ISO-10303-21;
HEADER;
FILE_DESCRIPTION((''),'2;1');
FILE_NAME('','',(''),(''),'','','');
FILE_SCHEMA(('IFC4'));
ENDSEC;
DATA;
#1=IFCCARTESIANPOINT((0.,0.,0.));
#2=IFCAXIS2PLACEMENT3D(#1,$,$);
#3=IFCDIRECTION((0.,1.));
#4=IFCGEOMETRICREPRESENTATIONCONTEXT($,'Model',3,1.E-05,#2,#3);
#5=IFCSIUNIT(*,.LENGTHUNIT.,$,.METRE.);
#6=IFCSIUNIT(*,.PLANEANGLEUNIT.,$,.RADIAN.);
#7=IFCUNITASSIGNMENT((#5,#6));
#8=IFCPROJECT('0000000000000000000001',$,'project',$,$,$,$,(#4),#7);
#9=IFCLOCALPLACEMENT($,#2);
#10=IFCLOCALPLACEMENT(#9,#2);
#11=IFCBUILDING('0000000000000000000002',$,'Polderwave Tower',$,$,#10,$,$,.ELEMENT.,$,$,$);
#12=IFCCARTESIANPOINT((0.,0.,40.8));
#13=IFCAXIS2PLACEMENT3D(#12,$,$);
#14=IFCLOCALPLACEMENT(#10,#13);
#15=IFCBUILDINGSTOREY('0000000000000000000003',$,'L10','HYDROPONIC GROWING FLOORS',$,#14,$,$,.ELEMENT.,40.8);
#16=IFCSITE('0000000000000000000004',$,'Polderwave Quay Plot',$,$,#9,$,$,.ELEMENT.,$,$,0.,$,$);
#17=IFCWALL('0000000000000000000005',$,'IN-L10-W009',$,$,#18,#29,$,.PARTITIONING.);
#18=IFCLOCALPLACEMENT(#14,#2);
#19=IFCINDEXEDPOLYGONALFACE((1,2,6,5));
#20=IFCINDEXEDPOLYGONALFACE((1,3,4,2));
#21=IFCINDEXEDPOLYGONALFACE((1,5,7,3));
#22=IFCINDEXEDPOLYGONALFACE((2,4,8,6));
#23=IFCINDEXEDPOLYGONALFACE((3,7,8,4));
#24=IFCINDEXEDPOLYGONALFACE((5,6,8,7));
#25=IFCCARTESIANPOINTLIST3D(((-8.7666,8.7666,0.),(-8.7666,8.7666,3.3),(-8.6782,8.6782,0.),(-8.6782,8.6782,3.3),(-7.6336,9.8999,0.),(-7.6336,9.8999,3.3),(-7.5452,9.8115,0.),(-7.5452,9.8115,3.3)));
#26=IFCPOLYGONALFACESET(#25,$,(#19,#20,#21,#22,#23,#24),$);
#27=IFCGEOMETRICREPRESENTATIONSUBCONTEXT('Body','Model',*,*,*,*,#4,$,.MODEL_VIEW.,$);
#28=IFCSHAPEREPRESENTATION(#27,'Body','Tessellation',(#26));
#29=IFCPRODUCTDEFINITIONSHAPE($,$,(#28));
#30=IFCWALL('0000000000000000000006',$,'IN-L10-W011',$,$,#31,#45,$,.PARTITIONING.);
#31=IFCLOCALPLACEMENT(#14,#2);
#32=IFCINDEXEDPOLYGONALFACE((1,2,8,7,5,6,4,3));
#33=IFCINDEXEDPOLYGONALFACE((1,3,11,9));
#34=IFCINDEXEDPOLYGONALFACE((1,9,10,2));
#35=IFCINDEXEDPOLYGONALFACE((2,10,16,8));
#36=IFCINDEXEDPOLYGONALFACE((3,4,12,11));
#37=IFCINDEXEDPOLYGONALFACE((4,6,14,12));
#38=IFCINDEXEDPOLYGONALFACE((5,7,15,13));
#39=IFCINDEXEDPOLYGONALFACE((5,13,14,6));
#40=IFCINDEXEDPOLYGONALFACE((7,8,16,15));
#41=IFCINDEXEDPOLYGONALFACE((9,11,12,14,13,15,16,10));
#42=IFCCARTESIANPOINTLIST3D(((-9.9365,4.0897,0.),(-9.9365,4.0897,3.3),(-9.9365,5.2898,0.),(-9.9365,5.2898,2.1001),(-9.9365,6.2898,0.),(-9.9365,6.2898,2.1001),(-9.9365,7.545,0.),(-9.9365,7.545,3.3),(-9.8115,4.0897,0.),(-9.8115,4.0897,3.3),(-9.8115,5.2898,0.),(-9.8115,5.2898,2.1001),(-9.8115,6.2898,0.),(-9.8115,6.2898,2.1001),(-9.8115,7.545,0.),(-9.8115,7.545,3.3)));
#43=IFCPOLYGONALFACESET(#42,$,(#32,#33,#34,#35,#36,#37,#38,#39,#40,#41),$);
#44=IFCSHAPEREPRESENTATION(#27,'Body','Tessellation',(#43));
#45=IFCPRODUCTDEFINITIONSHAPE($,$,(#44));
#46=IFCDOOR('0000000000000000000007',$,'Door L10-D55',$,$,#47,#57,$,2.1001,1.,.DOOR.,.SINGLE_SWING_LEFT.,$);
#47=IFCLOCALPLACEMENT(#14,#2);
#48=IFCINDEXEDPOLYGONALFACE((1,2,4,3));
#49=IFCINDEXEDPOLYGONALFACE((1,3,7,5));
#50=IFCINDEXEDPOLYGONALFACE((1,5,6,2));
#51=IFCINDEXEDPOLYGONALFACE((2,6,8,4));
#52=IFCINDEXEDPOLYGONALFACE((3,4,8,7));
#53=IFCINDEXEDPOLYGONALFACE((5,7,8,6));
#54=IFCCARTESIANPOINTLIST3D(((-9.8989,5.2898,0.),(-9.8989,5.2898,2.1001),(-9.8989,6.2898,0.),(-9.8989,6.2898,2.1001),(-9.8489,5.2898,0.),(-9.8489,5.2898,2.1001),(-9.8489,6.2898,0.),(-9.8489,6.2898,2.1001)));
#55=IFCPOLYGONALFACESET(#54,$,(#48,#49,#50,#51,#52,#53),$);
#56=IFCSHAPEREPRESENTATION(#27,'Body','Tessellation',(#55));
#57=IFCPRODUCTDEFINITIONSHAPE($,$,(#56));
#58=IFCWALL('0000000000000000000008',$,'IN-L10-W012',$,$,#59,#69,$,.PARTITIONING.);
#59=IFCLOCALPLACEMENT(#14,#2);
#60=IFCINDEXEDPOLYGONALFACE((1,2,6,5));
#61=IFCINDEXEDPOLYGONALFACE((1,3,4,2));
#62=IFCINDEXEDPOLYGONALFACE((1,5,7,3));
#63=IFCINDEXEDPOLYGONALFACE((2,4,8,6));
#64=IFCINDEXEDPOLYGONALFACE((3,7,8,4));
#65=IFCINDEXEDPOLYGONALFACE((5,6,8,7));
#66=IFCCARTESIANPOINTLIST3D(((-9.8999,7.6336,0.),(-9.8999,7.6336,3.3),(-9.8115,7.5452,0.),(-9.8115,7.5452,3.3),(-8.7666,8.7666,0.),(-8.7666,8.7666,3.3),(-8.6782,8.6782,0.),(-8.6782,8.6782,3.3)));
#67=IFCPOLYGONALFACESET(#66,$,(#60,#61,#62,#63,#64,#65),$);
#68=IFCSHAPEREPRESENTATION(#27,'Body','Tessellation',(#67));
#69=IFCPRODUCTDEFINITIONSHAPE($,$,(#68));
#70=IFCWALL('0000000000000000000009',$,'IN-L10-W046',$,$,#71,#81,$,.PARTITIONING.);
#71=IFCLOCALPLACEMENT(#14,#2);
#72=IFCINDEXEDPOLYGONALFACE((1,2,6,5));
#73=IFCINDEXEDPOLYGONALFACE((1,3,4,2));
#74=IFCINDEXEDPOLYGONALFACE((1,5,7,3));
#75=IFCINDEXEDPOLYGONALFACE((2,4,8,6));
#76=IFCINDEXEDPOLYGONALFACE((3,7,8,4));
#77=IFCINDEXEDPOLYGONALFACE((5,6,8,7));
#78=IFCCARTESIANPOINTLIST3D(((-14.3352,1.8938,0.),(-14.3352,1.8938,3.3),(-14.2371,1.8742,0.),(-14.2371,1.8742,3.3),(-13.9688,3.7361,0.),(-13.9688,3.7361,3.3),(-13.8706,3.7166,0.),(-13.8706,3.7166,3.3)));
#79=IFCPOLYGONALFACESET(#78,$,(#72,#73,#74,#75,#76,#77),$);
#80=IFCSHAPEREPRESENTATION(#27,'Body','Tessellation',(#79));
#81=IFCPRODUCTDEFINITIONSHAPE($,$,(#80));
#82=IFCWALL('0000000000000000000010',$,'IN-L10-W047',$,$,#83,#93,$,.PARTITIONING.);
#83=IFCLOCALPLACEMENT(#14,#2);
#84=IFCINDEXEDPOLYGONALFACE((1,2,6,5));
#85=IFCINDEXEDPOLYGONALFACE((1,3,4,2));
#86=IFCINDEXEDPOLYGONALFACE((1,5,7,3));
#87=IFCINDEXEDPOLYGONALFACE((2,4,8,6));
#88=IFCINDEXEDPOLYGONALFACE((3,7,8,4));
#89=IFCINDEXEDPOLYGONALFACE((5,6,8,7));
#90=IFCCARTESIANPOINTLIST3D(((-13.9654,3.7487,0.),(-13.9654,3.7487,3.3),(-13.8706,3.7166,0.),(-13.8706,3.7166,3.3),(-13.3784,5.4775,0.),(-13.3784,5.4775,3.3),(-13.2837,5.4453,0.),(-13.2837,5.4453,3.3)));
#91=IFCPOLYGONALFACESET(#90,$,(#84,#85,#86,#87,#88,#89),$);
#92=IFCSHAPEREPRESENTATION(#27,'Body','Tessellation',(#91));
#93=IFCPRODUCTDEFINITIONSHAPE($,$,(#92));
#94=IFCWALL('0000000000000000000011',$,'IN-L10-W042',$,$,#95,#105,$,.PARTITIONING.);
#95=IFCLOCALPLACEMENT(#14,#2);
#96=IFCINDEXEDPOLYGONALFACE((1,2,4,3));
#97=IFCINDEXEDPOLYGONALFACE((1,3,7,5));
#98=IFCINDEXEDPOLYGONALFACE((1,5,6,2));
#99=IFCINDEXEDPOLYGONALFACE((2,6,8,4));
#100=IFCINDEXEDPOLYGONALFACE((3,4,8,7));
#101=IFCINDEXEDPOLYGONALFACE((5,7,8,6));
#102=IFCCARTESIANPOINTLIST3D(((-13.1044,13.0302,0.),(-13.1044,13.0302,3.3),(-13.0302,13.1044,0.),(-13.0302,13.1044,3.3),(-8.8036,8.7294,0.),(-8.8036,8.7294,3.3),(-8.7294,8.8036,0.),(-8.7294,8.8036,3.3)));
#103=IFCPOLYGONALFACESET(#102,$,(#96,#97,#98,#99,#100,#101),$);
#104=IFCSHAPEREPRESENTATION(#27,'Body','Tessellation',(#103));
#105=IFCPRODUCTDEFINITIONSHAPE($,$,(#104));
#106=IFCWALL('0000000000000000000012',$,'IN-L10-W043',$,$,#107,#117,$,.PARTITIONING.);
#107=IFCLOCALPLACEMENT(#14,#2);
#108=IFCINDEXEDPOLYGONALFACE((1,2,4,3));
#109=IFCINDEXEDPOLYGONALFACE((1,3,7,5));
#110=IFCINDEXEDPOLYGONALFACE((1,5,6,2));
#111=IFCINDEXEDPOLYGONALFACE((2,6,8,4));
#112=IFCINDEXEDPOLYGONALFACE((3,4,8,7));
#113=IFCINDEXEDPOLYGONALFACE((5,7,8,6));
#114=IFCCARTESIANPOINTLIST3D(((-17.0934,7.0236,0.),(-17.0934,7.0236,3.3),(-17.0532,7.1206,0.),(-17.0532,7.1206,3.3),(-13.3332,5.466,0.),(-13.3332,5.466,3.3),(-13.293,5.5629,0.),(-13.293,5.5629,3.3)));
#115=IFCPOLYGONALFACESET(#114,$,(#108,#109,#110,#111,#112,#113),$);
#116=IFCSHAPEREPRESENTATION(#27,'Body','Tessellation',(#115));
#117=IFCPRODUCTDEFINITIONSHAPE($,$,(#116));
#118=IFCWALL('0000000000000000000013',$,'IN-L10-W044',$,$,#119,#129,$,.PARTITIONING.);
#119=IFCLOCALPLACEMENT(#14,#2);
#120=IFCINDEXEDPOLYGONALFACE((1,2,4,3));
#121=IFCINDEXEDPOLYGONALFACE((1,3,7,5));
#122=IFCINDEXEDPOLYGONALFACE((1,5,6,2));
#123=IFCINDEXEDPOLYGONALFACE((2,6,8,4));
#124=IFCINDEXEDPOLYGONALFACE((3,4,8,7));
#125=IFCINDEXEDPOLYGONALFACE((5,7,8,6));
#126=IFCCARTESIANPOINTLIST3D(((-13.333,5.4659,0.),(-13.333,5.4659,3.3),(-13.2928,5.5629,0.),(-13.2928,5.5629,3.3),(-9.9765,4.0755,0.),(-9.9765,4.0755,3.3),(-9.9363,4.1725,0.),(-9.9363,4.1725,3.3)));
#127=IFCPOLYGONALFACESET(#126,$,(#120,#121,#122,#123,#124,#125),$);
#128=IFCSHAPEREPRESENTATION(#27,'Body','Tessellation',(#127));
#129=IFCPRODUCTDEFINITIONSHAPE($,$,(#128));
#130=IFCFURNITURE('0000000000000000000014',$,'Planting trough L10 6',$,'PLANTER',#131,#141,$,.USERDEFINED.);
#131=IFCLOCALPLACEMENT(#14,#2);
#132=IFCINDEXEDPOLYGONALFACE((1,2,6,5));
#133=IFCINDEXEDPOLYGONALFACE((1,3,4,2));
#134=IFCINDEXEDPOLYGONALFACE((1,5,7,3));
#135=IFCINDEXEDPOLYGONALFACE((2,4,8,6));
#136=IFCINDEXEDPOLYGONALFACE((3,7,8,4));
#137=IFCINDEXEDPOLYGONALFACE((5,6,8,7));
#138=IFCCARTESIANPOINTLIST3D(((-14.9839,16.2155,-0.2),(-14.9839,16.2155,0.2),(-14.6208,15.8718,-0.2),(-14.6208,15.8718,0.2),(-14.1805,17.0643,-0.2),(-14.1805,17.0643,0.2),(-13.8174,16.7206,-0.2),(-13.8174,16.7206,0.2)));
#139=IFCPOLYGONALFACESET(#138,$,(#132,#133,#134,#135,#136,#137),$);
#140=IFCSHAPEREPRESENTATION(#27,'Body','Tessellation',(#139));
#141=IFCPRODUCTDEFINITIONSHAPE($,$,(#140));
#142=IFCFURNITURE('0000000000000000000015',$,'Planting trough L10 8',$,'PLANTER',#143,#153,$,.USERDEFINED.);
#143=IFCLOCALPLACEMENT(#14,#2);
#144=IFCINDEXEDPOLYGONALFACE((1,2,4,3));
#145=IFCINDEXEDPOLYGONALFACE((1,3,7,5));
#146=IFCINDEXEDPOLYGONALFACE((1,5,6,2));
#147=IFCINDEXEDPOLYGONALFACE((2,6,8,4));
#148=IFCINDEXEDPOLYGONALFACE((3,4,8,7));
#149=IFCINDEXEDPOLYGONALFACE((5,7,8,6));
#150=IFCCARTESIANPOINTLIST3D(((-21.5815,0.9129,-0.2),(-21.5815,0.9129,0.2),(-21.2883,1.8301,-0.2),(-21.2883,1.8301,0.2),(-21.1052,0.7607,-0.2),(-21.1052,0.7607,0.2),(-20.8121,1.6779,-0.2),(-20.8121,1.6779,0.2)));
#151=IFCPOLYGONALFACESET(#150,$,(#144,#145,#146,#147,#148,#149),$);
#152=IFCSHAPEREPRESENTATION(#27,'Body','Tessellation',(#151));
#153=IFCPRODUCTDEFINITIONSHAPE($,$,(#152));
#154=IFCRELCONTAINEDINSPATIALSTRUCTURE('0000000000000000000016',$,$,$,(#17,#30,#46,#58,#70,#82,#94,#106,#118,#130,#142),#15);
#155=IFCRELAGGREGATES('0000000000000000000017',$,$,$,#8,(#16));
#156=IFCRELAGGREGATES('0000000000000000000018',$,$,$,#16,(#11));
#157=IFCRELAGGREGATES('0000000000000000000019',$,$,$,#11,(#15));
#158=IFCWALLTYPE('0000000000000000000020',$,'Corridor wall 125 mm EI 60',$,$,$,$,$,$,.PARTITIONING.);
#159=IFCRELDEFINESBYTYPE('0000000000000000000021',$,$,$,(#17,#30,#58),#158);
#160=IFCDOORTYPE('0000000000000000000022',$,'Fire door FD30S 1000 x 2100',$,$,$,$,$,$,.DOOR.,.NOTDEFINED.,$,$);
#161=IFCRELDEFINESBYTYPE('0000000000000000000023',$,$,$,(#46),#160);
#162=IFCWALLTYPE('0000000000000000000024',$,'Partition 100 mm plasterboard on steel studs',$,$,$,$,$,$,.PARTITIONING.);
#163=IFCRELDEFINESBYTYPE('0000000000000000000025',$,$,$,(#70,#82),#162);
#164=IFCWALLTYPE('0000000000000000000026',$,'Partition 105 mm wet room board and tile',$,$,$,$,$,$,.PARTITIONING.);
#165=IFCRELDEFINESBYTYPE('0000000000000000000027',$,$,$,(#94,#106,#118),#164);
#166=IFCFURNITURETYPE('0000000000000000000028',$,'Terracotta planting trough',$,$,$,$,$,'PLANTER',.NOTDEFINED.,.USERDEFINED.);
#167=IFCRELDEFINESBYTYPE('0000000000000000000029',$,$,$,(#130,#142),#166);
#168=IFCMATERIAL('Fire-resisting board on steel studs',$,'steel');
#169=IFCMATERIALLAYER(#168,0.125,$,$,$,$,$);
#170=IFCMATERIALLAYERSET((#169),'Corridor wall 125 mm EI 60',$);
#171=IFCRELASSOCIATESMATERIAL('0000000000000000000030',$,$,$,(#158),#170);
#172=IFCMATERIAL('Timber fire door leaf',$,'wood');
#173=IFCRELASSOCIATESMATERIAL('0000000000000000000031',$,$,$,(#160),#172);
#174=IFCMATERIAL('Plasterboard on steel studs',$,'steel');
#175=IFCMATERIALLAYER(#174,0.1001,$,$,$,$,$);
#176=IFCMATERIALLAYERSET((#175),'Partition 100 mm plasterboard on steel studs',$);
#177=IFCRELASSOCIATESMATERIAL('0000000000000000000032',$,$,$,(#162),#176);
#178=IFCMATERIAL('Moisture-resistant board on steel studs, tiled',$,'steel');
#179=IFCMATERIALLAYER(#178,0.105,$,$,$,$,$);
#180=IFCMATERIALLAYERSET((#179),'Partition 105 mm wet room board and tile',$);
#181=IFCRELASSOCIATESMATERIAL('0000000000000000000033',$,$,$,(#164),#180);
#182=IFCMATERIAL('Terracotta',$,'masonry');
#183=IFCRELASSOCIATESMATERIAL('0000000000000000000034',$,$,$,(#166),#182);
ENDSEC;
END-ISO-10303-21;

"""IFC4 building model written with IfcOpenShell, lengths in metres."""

from ifc_helpers import new_model, si_unit, direction, frame, frame_2d, origin, origin_2d, place, context, subcontext, project, spatial, rectangle, extrude, material, layer, layer_set, type_object, element, fill, save


model = new_model("IFC4")

# Units and contexts
model_context = context("Model", 3, precision=1e-05, world=origin(), true_north=direction((0.0, 1.0)))
body_context = subcontext(model_context, "Body", "Model", "MODEL_VIEW")
ifc_project = project(units=[si_unit("LENGTHUNIT", "METRE"), si_unit("PLANEANGLEUNIT", "RADIAN")], contexts=[model_context])

# Site, building, storey
site_placement = place(None, origin())
site = spatial("IfcSite", under=ifc_project, at=site_placement, Name="Polderwave Quay Plot", CompositionType="ELEMENT", RefElevation=0.0)
building_placement = place(site_placement, origin())
building = spatial("IfcBuilding", under=site, at=building_placement, Name="Polderwave Tower", CompositionType="ELEMENT")
storey_placement = place(building_placement, frame((0.0, 0.0, 40.8)))
storey = spatial("IfcBuildingStorey", under=building, at=storey_placement, Name="L10", Description="HYDROPONIC GROWING FLOORS", CompositionType="ELEMENT", Elevation=40.8)

# Wall
ifc_material_1 = material(Name="Fire-resisting board on steel studs", Category="steel")
ifc_layer_1 = layer(ifc_material_1, 0.125)
ifc_layer_set_1 = layer_set([ifc_layer_1], Name="Corridor wall 125 mm EI 60")
wall_type_1 = type_object("IfcWallType", Name="Corridor wall 125 mm EI 60", PredefinedType="PARTITIONING", material=ifc_layer_set_1)
wall_1_placement = place(storey_placement, frame((-8.7224, 8.7224, 0.0), z_axis=(0.0, 0.0, 1.0), x_axis=(0.707031, 0.707183, 0.0)))
element("IfcWall", 1, at=wall_1_placement, inside=storey, type_object=wall_type_1, Name="IN-L10-W009", PredefinedType="PARTITIONING", context=body_context, shape_type="SweptSolid", body=[
    extrude(rectangle(XDim=1.6025, YDim=0.125, at=frame_2d((0.8013, 0.0))), origin(), (0.0, 0.0, 1.0), 3.3),
])

# Wall, opening, door
wall_2_placement = place(storey_placement, frame((-9.874, 4.0898, 0.0), z_axis=(0.0, 0.0, 1.0), x_axis=(0.0, 1.0, 0.0)))
wall_2 = element("IfcWall", 2, at=wall_2_placement, inside=storey, type_object=wall_type_1, Name="IN-L10-W011", PredefinedType="PARTITIONING", context=body_context, shape_type="SweptSolid", body=[
    extrude(rectangle(XDim=3.4553, YDim=0.125, at=frame_2d((1.7275, 0.0))), origin(), (0.0, 0.0, 1.0), 3.3),
])
opening_placement = place(wall_2_placement, frame((1.2, 0.0, 0.0)))
opening = element("IfcOpeningElement", 3, at=opening_placement, cuts=wall_2, PredefinedType="OPENING", context=body_context, shape_type="SweptSolid", body=[
    extrude(rectangle(XDim=1.0, YDim=2.1001, at=frame_2d((0.5, 1.05))), frame((0.0, 0.0725, 0.0), z_axis=(0.0, -1.0, 0.0), x_axis=(1.0, 0.0, 0.0)), (0.0, 0.0, 1.0), 0.145),
])
ifc_material_2 = material(Name="Timber fire door leaf", Category="wood")
door_type = type_object("IfcDoorType", Name="Fire door FD30S 1000 x 2100", OperationType="NOTDEFINED", PredefinedType="DOOR", material=ifc_material_2)
door_placement = place(opening_placement, origin())
door = element("IfcDoor", 4, at=door_placement, inside=storey, type_object=door_type, Name="Door L10-D55", OperationType="SINGLE_SWING_LEFT", OverallHeight=2.1001, OverallWidth=1.0, PredefinedType="DOOR", context=body_context, shape_type="SweptSolid", body=[
    extrude(rectangle(XDim=1.0, YDim=2.1001, at=frame_2d((0.5, 1.05))), frame((0.0, 0.0249, 0.0), z_axis=(0.0, -1.0, 0.0), x_axis=(1.0, 0.0, 0.0)), (0.0, 0.0, 1.0), 0.05),
])
fill(opening, door)

# Walls
wall_3_placement = place(storey_placement, frame((-9.8557, 7.5894, 0.0), z_axis=(0.0, 0.0, 1.0), x_axis=(0.707183, 0.707031, 0.0)))
element("IfcWall", 5, at=wall_3_placement, inside=storey, type_object=wall_type_1, Name="IN-L10-W012", PredefinedType="PARTITIONING", context=body_context, shape_type="SweptSolid", body=[
    extrude(rectangle(XDim=1.6025, YDim=0.125, at=frame_2d((0.8013, 0.0))), origin(), (0.0, 0.0, 1.0), 3.3),
])
ifc_material_3 = material(Name="Plasterboard on steel studs", Category="steel")
ifc_layer_2 = layer(ifc_material_3, 0.1001)
ifc_layer_set_2 = layer_set([ifc_layer_2], Name="Partition 100 mm plasterboard on steel studs")
wall_type_2 = type_object("IfcWallType", Name="Partition 100 mm plasterboard on steel studs", PredefinedType="PARTITIONING", material=ifc_layer_set_2)
wall_4_placement = place(storey_placement, frame((-13.9197, 3.7263, 0.0), z_axis=(0.0, 0.0, 1.0), x_axis=(-0.195091, -0.980785, 0.0)))
element("IfcWall", 6, at=wall_4_placement, inside=storey, type_object=wall_type_2, Name="IN-L10-W046", PredefinedType="PARTITIONING", context=body_context, shape_type="SweptSolid", body=[
    extrude(rectangle(XDim=1.8784, YDim=0.1001, at=frame_2d((0.9392, 0.0))), origin(), (0.0, 0.0, 1.0), 3.3),
])
wall_5_placement = place(storey_placement, frame((-13.3311, 5.4614, 0.0), z_axis=(0.0, 0.0, 1.0), x_axis=(-0.321478, -0.946917, 0.0)))
element("IfcWall", 7, at=wall_5_placement, inside=storey, type_object=wall_type_2, Name="IN-L10-W047", PredefinedType="PARTITIONING", context=body_context, shape_type="SweptSolid", body=[
    extrude(rectangle(XDim=1.8257, YDim=0.1001, at=frame_2d((0.9128, 0.0))), origin(), (0.0, 0.0, 1.0), 3.3),
])
ifc_material_4 = material(Name="Moisture-resistant board on steel studs, tiled", Category="steel")
ifc_layer_3 = layer(ifc_material_4, 0.105)
ifc_layer_set_3 = layer_set([ifc_layer_3], Name="Partition 105 mm wet room board and tile")
wall_type_3 = type_object("IfcWallType", Name="Partition 105 mm wet room board and tile", PredefinedType="PARTITIONING", material=ifc_layer_set_3)
wall_6_placement = place(storey_placement, frame((-8.7666, 8.7666, 0.0), z_axis=(0.0, 0.0, 1.0), x_axis=(-0.707107, 0.707107, 0.0)))
element("IfcWall", 8, at=wall_6_placement, inside=storey, type_object=wall_type_3, Name="IN-L10-W042", PredefinedType="PARTITIONING", context=body_context, shape_type="SweptSolid", body=[
    extrude(rectangle(XDim=6.0823, YDim=0.105, at=frame_2d((3.041, 0.0))), origin(), (0.0, 0.0, 1.0), 3.3),
])
wall_7_placement = place(storey_placement, frame((-13.313, 5.5144, 0.0), z_axis=(0.0, 0.0, 1.0), x_axis=(-0.923874, 0.382698, 0.0)))
element("IfcWall", 9, at=wall_7_placement, inside=storey, type_object=wall_type_3, Name="IN-L10-W043", PredefinedType="PARTITIONING", context=body_context, shape_type="SweptSolid", body=[
    extrude(rectangle(XDim=4.0701, YDim=0.105, at=frame_2d((2.0352, 0.0))), origin(), (0.0, 0.0, 1.0), 3.3),
])
wall_8_placement = place(storey_placement, frame((-9.9565, 4.124, 0.0), z_axis=(0.0, 0.0, 1.0), x_axis=(-0.92387, 0.382706, 0.0)))
element("IfcWall", 10, at=wall_8_placement, inside=storey, type_object=wall_type_3, Name="IN-L10-W044", PredefinedType="PARTITIONING", context=body_context, shape_type="SweptSolid", body=[
    extrude(rectangle(XDim=3.6331, YDim=0.105, at=frame_2d((1.8164, 0.0))), origin(), (0.0, 0.0, 1.0), 3.3),
])

# Furniture
ifc_material_5 = material(Name="Terracotta", Category="masonry")
furniture_type = type_object("IfcFurnitureType", Name="Terracotta planting trough", ElementType="PLANTER", AssemblyPlace="NOTDEFINED", PredefinedType="USERDEFINED", material=ifc_material_5)
furniture_1_placement = place(storey_placement, frame((-14.4006, 16.468, -0.2), z_axis=(0.0, 0.0, 1.0), x_axis=(-0.687407, -0.726272, 0.0)))
element("IfcFurniture", 11, at=furniture_1_placement, inside=storey, type_object=furniture_type, Name="Planting trough L10 6", ObjectType="PLANTER", PredefinedType="USERDEFINED", context=body_context, shape_type="SweptSolid", body=[
    extrude(rectangle(XDim=1.1687, YDim=0.5, at=origin_2d()), origin(), (0.0, 0.0, 1.0), 0.3999),
])
furniture_2_placement = place(storey_placement, frame((-21.1968, 1.2954, -0.2), z_axis=(0.0, 0.0, 1.0), x_axis=(-0.304494, -0.952514, 0.0)))
element("IfcFurniture", 12, at=furniture_2_placement, inside=storey, type_object=furniture_type, Name="Planting trough L10 8", ObjectType="PLANTER", PredefinedType="USERDEFINED", context=body_context, shape_type="SweptSolid", body=[
    extrude(rectangle(XDim=0.9629, YDim=0.5, at=origin_2d()), origin(), (0.0, 0.0, 1.0), 0.3999),
])

save(model, "model.ifc")
